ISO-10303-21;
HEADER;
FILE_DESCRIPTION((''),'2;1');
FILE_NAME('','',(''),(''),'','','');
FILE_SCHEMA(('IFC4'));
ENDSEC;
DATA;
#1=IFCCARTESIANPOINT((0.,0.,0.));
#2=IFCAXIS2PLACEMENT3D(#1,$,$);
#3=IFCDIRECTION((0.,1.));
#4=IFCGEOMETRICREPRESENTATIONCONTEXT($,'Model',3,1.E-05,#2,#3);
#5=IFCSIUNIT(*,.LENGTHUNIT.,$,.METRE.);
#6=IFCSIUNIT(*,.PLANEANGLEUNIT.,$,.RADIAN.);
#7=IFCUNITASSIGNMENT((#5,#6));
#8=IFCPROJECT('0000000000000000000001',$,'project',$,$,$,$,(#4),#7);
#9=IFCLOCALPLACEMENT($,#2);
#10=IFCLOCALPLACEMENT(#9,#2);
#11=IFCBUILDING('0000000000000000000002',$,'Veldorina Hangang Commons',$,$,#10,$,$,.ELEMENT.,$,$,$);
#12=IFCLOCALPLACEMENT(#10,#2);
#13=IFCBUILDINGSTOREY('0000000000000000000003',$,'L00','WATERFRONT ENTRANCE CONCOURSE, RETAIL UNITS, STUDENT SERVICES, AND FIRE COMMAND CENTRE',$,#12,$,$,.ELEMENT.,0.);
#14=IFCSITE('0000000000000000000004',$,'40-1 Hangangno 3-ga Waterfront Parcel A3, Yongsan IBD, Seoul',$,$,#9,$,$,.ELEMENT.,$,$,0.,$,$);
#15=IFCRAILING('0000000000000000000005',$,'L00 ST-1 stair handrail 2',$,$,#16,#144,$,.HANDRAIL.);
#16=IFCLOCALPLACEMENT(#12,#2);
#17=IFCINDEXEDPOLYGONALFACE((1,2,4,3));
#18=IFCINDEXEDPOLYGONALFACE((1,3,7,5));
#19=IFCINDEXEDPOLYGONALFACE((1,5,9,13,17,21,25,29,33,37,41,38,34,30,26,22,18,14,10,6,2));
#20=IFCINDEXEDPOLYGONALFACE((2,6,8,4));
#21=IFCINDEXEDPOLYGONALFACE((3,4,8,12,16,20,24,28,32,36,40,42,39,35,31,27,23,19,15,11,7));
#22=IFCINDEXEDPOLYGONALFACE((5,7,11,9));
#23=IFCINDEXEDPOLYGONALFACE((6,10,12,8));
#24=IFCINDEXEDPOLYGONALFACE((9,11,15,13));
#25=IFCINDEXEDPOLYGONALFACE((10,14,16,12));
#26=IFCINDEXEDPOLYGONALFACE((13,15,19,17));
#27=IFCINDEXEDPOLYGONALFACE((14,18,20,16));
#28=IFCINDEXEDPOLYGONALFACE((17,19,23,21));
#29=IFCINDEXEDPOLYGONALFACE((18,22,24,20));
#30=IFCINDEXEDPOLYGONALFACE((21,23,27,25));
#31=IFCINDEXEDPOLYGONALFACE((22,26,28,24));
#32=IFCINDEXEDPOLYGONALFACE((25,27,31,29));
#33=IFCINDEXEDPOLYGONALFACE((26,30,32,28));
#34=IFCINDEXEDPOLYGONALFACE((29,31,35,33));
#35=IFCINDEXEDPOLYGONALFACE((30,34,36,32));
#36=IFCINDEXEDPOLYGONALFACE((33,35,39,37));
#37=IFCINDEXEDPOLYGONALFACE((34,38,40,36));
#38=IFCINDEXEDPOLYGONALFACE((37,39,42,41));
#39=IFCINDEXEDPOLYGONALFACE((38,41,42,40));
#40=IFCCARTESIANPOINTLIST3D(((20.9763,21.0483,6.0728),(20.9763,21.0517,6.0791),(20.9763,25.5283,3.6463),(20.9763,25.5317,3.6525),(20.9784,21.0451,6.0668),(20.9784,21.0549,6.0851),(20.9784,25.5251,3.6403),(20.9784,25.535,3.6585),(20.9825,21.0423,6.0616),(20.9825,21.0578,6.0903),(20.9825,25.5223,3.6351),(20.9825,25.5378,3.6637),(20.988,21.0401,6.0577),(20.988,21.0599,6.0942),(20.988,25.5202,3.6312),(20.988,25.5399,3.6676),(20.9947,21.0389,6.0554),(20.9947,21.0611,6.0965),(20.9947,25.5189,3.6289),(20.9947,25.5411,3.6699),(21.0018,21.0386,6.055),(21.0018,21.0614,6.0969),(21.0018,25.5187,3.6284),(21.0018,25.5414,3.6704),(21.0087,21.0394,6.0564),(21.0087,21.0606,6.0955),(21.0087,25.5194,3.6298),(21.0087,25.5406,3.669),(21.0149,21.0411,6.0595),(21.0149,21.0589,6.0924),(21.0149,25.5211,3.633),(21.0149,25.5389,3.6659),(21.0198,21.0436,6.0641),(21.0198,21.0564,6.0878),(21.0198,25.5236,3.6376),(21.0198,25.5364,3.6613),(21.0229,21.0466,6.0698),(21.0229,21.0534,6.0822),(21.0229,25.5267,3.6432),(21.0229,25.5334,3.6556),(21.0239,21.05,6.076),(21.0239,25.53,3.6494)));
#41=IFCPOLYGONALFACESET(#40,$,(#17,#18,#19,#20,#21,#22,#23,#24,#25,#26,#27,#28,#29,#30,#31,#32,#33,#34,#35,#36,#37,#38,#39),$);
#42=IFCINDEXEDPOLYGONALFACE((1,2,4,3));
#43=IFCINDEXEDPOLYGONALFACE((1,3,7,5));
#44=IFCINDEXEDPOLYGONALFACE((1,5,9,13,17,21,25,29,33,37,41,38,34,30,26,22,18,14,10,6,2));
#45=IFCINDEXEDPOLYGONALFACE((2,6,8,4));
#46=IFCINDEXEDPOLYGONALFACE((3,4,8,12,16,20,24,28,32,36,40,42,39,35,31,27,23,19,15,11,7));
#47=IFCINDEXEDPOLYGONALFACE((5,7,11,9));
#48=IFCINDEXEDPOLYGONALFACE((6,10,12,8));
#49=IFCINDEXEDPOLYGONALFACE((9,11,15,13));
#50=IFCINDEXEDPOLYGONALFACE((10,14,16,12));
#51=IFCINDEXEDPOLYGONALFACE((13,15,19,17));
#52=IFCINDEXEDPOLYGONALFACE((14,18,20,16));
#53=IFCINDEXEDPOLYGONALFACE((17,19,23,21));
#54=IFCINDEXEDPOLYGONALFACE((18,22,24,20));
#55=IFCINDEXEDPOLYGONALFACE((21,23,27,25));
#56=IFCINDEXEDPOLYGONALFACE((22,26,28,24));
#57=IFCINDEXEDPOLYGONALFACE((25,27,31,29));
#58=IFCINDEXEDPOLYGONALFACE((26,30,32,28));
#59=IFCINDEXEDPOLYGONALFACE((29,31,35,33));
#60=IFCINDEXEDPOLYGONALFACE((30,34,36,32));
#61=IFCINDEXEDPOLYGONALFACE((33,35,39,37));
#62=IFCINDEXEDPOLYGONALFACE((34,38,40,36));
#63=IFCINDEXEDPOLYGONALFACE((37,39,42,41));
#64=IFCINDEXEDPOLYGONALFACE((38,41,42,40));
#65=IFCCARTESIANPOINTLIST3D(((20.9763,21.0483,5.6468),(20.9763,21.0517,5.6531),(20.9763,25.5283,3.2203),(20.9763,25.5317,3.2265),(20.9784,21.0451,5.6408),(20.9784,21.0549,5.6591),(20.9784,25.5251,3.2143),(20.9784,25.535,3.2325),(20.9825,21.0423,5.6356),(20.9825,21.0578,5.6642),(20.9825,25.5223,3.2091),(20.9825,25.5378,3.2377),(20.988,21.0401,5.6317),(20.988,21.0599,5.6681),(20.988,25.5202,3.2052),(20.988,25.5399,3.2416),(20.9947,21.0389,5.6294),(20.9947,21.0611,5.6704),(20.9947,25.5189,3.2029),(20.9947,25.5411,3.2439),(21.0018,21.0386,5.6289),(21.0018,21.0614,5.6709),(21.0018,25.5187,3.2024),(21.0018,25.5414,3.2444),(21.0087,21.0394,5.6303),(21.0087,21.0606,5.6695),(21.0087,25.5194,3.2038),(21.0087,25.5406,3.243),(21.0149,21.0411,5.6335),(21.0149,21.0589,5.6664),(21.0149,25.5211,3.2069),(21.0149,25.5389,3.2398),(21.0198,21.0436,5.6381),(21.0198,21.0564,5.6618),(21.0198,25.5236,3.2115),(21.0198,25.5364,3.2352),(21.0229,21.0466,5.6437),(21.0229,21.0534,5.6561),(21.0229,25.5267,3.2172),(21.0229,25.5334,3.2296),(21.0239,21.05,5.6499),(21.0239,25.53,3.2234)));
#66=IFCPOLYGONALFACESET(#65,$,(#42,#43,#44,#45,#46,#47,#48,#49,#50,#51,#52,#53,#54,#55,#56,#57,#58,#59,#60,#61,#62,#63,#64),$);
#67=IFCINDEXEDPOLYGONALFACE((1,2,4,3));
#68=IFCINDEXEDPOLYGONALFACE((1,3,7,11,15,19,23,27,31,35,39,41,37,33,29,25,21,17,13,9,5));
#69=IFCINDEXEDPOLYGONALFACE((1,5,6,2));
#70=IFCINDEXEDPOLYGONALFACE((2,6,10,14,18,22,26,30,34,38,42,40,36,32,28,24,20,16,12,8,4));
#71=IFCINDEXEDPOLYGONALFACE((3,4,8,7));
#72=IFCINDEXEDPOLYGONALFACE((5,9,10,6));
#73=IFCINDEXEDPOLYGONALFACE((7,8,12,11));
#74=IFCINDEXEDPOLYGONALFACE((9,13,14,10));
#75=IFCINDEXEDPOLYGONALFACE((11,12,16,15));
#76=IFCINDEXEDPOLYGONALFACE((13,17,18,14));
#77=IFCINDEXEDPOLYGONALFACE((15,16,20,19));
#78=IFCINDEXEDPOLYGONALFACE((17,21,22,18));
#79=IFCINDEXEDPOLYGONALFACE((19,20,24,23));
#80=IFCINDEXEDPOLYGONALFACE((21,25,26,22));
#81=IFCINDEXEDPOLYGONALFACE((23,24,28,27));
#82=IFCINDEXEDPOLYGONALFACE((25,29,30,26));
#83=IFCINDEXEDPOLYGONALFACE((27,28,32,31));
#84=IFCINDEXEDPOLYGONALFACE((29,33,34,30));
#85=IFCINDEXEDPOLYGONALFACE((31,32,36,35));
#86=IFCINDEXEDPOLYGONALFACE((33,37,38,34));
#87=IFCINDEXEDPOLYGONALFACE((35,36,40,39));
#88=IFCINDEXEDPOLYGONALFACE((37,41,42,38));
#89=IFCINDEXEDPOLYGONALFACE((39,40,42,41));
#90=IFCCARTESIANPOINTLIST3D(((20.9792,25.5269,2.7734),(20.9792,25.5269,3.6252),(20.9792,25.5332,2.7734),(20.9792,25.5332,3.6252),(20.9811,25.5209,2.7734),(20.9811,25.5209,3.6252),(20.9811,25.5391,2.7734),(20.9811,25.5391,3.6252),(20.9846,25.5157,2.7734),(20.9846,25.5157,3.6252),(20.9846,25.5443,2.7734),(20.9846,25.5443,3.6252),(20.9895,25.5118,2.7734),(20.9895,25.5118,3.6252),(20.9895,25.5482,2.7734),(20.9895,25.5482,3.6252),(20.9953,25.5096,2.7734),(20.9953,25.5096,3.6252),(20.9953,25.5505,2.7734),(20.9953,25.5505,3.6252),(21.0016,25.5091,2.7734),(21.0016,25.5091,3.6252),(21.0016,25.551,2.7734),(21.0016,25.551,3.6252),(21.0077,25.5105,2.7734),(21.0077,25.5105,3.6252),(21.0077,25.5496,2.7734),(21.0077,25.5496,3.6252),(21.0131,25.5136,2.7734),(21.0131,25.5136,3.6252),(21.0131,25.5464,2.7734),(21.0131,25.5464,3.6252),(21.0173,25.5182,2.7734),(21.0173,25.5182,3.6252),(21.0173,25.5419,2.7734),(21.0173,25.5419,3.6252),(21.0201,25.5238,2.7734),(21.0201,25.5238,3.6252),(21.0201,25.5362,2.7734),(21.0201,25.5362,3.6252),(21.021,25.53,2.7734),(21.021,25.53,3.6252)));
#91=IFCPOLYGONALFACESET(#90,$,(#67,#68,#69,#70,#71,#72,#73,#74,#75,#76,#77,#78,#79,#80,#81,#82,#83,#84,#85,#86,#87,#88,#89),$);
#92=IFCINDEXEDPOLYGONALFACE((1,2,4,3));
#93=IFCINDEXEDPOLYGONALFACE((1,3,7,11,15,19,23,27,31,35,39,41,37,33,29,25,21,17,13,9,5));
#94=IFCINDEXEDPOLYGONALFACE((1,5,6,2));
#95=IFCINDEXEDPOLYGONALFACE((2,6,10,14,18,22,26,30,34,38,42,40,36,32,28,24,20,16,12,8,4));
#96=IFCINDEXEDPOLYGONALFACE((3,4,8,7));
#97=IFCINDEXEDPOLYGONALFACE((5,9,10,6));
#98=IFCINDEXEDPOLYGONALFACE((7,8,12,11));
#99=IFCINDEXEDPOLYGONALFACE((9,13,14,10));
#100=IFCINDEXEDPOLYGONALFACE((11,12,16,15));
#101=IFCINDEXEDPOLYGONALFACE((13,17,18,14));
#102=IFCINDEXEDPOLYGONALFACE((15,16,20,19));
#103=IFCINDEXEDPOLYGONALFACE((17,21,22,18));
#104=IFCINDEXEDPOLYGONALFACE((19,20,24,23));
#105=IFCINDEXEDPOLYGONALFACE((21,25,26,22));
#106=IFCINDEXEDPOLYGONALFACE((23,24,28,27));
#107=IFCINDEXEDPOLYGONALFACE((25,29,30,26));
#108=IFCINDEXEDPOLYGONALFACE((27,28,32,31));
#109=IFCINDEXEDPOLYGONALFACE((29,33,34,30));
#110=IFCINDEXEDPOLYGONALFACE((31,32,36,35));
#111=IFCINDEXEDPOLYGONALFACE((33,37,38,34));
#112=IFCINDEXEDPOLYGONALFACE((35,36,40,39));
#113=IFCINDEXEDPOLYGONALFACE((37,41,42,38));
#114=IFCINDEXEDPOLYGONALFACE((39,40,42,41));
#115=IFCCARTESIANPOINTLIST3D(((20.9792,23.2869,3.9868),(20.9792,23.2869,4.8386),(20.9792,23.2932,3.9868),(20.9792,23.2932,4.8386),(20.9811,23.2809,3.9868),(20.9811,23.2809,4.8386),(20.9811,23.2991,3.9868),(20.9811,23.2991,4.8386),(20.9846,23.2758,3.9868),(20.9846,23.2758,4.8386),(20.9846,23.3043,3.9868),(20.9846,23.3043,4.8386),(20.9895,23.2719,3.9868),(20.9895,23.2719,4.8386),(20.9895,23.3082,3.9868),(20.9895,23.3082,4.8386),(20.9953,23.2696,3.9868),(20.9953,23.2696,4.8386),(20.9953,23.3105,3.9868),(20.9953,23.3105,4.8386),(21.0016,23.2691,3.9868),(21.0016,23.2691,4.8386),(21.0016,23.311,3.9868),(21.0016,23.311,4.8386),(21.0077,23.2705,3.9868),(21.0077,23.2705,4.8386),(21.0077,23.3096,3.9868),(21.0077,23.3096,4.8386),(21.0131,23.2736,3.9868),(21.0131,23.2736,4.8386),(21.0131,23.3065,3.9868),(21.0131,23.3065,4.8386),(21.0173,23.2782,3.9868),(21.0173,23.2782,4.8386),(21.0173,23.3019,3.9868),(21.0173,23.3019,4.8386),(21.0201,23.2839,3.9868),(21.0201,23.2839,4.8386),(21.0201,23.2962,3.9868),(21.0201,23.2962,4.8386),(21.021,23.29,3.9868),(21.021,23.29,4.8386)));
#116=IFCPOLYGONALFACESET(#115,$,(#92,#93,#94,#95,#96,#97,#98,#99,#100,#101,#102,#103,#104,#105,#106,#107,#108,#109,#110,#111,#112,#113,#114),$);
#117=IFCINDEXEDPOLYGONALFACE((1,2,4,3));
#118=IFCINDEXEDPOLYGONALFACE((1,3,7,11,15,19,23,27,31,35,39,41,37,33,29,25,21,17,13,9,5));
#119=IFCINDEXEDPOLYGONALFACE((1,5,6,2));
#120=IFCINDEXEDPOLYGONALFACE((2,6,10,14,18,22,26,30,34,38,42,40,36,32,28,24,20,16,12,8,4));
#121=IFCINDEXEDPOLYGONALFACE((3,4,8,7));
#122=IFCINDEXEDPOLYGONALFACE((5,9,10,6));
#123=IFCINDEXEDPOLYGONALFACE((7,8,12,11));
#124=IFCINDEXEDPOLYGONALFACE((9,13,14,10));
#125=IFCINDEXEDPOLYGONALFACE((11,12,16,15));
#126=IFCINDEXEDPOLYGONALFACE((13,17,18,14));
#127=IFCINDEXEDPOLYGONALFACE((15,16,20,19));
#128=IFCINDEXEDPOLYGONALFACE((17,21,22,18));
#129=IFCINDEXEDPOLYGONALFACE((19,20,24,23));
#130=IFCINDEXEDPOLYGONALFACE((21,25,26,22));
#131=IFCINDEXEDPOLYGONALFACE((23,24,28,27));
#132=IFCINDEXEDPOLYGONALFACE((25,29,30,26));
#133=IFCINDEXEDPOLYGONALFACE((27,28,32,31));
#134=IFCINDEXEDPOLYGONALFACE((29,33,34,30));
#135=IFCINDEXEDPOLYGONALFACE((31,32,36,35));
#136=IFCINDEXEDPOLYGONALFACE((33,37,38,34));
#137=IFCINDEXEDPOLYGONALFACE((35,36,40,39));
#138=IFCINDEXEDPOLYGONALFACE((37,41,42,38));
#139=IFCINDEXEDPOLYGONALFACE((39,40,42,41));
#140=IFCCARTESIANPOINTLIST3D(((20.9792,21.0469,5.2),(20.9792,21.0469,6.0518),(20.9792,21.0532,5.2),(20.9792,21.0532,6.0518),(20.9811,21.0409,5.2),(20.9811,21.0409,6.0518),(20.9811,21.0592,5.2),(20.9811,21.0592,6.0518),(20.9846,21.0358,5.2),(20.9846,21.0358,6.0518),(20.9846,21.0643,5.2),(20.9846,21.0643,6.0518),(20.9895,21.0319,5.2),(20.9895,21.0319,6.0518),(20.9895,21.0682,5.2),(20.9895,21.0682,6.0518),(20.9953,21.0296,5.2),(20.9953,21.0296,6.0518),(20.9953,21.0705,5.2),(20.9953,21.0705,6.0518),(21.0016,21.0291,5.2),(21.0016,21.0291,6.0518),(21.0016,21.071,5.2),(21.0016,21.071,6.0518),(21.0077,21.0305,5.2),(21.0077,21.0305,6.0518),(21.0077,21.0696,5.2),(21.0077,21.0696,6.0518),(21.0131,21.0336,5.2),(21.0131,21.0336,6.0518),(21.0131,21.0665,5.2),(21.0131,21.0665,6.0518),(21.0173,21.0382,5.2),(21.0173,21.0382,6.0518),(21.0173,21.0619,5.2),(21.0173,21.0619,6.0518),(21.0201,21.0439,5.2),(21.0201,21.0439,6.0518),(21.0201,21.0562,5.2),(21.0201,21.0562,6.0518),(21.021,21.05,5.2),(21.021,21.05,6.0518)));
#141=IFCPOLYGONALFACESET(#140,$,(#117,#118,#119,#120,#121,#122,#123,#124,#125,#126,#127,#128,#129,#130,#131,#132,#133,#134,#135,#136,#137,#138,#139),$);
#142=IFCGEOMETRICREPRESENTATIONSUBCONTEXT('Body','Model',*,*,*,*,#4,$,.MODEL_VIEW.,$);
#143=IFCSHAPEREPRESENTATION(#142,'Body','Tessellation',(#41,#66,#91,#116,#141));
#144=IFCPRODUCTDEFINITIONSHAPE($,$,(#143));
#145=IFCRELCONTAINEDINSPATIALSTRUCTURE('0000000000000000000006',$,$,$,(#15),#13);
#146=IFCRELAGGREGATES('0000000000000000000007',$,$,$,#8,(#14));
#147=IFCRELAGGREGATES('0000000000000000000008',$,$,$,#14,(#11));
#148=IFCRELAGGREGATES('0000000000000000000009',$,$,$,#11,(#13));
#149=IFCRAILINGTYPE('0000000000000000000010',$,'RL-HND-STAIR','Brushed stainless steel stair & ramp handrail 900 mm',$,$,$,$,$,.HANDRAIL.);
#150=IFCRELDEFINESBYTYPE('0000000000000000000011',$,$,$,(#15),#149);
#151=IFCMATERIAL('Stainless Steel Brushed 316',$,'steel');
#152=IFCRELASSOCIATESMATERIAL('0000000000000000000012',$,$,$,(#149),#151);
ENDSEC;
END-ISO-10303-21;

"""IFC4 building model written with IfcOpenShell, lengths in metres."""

from ifc_helpers import new_model, si_unit, direction, frame, origin, origin_2d, place, context, subcontext, project, spatial, circle, extrude, material, type_object, element, save


model = new_model("IFC4")

# Units and contexts
model_context = context("Model", 3, precision=1e-05, world=origin(), true_north=direction((0.0, 1.0)))
body_context = subcontext(model_context, "Body", "Model", "MODEL_VIEW")
ifc_project = project(units=[si_unit("LENGTHUNIT", "METRE"), si_unit("PLANEANGLEUNIT", "RADIAN")], contexts=[model_context])

# Site, building, storey
site_placement = place(None, origin())
site = spatial("IfcSite", under=ifc_project, at=site_placement, Name="40-1 Hangangno 3-ga Waterfront Parcel A3, Yongsan IBD, Seoul", CompositionType="ELEMENT", RefElevation=0.0)
building_placement = place(site_placement, origin())
building = spatial("IfcBuilding", under=site, at=building_placement, Name="Veldorina Hangang Commons", CompositionType="ELEMENT")
storey_placement = place(building_placement, origin())
storey = spatial("IfcBuildingStorey", under=building, at=storey_placement, Name="L00", Description="WATERFRONT ENTRANCE CONCOURSE, RETAIL UNITS, STUDENT SERVICES, AND FIRE COMMAND CENTRE", CompositionType="ELEMENT", Elevation=0.0)

# Railing
ifc_material_1 = material(Name="Stainless Steel Brushed 316", Category="steel")
railing_type_1 = type_object("IfcRailingType", Name="RL-HND-STAIR", Description="Brushed stainless steel stair & ramp handrail 900 mm", PredefinedType="HANDRAIL", material=ifc_material_1)
railing_1_placement = place(storey_placement, frame((21.0, 25.53, 2.7734)))
element("IfcRailing", 1, at=railing_1_placement, inside=storey, type_object=railing_type_1, Name="L00 ST-1 stair handrail 2", PredefinedType="HANDRAIL", context=body_context, shape_type="SweptSolid", body=[
    extrude(circle(Radius=0.0239, at=origin_2d()), frame((0.0, 0.0, 0.876), z_axis=(0.0, -0.879304, 0.476262), x_axis=(1.0, 0.0, 0.0)), (0.0, 0.0, 1.0), 5.095),
    extrude(circle(Radius=0.0239, at=origin_2d()), frame((0.0, 0.0, 0.45), z_axis=(0.0, -0.879304, 0.476262), x_axis=(1.0, 0.0, 0.0)), (0.0, 0.0, 1.0), 5.095),
    extrude(circle(Radius=0.021, at=origin_2d()), origin(), (0.0, 0.0, 1.0), 0.8518),
    extrude(circle(Radius=0.021, at=origin_2d()), frame((0.0, -2.24, 1.2134)), (0.0, 0.0, 1.0), 0.8518),
    extrude(circle(Radius=0.021, at=origin_2d()), frame((0.0, -4.48, 2.4265)), (0.0, 0.0, 1.0), 0.8518),
])

save(model, "model.ifc")
